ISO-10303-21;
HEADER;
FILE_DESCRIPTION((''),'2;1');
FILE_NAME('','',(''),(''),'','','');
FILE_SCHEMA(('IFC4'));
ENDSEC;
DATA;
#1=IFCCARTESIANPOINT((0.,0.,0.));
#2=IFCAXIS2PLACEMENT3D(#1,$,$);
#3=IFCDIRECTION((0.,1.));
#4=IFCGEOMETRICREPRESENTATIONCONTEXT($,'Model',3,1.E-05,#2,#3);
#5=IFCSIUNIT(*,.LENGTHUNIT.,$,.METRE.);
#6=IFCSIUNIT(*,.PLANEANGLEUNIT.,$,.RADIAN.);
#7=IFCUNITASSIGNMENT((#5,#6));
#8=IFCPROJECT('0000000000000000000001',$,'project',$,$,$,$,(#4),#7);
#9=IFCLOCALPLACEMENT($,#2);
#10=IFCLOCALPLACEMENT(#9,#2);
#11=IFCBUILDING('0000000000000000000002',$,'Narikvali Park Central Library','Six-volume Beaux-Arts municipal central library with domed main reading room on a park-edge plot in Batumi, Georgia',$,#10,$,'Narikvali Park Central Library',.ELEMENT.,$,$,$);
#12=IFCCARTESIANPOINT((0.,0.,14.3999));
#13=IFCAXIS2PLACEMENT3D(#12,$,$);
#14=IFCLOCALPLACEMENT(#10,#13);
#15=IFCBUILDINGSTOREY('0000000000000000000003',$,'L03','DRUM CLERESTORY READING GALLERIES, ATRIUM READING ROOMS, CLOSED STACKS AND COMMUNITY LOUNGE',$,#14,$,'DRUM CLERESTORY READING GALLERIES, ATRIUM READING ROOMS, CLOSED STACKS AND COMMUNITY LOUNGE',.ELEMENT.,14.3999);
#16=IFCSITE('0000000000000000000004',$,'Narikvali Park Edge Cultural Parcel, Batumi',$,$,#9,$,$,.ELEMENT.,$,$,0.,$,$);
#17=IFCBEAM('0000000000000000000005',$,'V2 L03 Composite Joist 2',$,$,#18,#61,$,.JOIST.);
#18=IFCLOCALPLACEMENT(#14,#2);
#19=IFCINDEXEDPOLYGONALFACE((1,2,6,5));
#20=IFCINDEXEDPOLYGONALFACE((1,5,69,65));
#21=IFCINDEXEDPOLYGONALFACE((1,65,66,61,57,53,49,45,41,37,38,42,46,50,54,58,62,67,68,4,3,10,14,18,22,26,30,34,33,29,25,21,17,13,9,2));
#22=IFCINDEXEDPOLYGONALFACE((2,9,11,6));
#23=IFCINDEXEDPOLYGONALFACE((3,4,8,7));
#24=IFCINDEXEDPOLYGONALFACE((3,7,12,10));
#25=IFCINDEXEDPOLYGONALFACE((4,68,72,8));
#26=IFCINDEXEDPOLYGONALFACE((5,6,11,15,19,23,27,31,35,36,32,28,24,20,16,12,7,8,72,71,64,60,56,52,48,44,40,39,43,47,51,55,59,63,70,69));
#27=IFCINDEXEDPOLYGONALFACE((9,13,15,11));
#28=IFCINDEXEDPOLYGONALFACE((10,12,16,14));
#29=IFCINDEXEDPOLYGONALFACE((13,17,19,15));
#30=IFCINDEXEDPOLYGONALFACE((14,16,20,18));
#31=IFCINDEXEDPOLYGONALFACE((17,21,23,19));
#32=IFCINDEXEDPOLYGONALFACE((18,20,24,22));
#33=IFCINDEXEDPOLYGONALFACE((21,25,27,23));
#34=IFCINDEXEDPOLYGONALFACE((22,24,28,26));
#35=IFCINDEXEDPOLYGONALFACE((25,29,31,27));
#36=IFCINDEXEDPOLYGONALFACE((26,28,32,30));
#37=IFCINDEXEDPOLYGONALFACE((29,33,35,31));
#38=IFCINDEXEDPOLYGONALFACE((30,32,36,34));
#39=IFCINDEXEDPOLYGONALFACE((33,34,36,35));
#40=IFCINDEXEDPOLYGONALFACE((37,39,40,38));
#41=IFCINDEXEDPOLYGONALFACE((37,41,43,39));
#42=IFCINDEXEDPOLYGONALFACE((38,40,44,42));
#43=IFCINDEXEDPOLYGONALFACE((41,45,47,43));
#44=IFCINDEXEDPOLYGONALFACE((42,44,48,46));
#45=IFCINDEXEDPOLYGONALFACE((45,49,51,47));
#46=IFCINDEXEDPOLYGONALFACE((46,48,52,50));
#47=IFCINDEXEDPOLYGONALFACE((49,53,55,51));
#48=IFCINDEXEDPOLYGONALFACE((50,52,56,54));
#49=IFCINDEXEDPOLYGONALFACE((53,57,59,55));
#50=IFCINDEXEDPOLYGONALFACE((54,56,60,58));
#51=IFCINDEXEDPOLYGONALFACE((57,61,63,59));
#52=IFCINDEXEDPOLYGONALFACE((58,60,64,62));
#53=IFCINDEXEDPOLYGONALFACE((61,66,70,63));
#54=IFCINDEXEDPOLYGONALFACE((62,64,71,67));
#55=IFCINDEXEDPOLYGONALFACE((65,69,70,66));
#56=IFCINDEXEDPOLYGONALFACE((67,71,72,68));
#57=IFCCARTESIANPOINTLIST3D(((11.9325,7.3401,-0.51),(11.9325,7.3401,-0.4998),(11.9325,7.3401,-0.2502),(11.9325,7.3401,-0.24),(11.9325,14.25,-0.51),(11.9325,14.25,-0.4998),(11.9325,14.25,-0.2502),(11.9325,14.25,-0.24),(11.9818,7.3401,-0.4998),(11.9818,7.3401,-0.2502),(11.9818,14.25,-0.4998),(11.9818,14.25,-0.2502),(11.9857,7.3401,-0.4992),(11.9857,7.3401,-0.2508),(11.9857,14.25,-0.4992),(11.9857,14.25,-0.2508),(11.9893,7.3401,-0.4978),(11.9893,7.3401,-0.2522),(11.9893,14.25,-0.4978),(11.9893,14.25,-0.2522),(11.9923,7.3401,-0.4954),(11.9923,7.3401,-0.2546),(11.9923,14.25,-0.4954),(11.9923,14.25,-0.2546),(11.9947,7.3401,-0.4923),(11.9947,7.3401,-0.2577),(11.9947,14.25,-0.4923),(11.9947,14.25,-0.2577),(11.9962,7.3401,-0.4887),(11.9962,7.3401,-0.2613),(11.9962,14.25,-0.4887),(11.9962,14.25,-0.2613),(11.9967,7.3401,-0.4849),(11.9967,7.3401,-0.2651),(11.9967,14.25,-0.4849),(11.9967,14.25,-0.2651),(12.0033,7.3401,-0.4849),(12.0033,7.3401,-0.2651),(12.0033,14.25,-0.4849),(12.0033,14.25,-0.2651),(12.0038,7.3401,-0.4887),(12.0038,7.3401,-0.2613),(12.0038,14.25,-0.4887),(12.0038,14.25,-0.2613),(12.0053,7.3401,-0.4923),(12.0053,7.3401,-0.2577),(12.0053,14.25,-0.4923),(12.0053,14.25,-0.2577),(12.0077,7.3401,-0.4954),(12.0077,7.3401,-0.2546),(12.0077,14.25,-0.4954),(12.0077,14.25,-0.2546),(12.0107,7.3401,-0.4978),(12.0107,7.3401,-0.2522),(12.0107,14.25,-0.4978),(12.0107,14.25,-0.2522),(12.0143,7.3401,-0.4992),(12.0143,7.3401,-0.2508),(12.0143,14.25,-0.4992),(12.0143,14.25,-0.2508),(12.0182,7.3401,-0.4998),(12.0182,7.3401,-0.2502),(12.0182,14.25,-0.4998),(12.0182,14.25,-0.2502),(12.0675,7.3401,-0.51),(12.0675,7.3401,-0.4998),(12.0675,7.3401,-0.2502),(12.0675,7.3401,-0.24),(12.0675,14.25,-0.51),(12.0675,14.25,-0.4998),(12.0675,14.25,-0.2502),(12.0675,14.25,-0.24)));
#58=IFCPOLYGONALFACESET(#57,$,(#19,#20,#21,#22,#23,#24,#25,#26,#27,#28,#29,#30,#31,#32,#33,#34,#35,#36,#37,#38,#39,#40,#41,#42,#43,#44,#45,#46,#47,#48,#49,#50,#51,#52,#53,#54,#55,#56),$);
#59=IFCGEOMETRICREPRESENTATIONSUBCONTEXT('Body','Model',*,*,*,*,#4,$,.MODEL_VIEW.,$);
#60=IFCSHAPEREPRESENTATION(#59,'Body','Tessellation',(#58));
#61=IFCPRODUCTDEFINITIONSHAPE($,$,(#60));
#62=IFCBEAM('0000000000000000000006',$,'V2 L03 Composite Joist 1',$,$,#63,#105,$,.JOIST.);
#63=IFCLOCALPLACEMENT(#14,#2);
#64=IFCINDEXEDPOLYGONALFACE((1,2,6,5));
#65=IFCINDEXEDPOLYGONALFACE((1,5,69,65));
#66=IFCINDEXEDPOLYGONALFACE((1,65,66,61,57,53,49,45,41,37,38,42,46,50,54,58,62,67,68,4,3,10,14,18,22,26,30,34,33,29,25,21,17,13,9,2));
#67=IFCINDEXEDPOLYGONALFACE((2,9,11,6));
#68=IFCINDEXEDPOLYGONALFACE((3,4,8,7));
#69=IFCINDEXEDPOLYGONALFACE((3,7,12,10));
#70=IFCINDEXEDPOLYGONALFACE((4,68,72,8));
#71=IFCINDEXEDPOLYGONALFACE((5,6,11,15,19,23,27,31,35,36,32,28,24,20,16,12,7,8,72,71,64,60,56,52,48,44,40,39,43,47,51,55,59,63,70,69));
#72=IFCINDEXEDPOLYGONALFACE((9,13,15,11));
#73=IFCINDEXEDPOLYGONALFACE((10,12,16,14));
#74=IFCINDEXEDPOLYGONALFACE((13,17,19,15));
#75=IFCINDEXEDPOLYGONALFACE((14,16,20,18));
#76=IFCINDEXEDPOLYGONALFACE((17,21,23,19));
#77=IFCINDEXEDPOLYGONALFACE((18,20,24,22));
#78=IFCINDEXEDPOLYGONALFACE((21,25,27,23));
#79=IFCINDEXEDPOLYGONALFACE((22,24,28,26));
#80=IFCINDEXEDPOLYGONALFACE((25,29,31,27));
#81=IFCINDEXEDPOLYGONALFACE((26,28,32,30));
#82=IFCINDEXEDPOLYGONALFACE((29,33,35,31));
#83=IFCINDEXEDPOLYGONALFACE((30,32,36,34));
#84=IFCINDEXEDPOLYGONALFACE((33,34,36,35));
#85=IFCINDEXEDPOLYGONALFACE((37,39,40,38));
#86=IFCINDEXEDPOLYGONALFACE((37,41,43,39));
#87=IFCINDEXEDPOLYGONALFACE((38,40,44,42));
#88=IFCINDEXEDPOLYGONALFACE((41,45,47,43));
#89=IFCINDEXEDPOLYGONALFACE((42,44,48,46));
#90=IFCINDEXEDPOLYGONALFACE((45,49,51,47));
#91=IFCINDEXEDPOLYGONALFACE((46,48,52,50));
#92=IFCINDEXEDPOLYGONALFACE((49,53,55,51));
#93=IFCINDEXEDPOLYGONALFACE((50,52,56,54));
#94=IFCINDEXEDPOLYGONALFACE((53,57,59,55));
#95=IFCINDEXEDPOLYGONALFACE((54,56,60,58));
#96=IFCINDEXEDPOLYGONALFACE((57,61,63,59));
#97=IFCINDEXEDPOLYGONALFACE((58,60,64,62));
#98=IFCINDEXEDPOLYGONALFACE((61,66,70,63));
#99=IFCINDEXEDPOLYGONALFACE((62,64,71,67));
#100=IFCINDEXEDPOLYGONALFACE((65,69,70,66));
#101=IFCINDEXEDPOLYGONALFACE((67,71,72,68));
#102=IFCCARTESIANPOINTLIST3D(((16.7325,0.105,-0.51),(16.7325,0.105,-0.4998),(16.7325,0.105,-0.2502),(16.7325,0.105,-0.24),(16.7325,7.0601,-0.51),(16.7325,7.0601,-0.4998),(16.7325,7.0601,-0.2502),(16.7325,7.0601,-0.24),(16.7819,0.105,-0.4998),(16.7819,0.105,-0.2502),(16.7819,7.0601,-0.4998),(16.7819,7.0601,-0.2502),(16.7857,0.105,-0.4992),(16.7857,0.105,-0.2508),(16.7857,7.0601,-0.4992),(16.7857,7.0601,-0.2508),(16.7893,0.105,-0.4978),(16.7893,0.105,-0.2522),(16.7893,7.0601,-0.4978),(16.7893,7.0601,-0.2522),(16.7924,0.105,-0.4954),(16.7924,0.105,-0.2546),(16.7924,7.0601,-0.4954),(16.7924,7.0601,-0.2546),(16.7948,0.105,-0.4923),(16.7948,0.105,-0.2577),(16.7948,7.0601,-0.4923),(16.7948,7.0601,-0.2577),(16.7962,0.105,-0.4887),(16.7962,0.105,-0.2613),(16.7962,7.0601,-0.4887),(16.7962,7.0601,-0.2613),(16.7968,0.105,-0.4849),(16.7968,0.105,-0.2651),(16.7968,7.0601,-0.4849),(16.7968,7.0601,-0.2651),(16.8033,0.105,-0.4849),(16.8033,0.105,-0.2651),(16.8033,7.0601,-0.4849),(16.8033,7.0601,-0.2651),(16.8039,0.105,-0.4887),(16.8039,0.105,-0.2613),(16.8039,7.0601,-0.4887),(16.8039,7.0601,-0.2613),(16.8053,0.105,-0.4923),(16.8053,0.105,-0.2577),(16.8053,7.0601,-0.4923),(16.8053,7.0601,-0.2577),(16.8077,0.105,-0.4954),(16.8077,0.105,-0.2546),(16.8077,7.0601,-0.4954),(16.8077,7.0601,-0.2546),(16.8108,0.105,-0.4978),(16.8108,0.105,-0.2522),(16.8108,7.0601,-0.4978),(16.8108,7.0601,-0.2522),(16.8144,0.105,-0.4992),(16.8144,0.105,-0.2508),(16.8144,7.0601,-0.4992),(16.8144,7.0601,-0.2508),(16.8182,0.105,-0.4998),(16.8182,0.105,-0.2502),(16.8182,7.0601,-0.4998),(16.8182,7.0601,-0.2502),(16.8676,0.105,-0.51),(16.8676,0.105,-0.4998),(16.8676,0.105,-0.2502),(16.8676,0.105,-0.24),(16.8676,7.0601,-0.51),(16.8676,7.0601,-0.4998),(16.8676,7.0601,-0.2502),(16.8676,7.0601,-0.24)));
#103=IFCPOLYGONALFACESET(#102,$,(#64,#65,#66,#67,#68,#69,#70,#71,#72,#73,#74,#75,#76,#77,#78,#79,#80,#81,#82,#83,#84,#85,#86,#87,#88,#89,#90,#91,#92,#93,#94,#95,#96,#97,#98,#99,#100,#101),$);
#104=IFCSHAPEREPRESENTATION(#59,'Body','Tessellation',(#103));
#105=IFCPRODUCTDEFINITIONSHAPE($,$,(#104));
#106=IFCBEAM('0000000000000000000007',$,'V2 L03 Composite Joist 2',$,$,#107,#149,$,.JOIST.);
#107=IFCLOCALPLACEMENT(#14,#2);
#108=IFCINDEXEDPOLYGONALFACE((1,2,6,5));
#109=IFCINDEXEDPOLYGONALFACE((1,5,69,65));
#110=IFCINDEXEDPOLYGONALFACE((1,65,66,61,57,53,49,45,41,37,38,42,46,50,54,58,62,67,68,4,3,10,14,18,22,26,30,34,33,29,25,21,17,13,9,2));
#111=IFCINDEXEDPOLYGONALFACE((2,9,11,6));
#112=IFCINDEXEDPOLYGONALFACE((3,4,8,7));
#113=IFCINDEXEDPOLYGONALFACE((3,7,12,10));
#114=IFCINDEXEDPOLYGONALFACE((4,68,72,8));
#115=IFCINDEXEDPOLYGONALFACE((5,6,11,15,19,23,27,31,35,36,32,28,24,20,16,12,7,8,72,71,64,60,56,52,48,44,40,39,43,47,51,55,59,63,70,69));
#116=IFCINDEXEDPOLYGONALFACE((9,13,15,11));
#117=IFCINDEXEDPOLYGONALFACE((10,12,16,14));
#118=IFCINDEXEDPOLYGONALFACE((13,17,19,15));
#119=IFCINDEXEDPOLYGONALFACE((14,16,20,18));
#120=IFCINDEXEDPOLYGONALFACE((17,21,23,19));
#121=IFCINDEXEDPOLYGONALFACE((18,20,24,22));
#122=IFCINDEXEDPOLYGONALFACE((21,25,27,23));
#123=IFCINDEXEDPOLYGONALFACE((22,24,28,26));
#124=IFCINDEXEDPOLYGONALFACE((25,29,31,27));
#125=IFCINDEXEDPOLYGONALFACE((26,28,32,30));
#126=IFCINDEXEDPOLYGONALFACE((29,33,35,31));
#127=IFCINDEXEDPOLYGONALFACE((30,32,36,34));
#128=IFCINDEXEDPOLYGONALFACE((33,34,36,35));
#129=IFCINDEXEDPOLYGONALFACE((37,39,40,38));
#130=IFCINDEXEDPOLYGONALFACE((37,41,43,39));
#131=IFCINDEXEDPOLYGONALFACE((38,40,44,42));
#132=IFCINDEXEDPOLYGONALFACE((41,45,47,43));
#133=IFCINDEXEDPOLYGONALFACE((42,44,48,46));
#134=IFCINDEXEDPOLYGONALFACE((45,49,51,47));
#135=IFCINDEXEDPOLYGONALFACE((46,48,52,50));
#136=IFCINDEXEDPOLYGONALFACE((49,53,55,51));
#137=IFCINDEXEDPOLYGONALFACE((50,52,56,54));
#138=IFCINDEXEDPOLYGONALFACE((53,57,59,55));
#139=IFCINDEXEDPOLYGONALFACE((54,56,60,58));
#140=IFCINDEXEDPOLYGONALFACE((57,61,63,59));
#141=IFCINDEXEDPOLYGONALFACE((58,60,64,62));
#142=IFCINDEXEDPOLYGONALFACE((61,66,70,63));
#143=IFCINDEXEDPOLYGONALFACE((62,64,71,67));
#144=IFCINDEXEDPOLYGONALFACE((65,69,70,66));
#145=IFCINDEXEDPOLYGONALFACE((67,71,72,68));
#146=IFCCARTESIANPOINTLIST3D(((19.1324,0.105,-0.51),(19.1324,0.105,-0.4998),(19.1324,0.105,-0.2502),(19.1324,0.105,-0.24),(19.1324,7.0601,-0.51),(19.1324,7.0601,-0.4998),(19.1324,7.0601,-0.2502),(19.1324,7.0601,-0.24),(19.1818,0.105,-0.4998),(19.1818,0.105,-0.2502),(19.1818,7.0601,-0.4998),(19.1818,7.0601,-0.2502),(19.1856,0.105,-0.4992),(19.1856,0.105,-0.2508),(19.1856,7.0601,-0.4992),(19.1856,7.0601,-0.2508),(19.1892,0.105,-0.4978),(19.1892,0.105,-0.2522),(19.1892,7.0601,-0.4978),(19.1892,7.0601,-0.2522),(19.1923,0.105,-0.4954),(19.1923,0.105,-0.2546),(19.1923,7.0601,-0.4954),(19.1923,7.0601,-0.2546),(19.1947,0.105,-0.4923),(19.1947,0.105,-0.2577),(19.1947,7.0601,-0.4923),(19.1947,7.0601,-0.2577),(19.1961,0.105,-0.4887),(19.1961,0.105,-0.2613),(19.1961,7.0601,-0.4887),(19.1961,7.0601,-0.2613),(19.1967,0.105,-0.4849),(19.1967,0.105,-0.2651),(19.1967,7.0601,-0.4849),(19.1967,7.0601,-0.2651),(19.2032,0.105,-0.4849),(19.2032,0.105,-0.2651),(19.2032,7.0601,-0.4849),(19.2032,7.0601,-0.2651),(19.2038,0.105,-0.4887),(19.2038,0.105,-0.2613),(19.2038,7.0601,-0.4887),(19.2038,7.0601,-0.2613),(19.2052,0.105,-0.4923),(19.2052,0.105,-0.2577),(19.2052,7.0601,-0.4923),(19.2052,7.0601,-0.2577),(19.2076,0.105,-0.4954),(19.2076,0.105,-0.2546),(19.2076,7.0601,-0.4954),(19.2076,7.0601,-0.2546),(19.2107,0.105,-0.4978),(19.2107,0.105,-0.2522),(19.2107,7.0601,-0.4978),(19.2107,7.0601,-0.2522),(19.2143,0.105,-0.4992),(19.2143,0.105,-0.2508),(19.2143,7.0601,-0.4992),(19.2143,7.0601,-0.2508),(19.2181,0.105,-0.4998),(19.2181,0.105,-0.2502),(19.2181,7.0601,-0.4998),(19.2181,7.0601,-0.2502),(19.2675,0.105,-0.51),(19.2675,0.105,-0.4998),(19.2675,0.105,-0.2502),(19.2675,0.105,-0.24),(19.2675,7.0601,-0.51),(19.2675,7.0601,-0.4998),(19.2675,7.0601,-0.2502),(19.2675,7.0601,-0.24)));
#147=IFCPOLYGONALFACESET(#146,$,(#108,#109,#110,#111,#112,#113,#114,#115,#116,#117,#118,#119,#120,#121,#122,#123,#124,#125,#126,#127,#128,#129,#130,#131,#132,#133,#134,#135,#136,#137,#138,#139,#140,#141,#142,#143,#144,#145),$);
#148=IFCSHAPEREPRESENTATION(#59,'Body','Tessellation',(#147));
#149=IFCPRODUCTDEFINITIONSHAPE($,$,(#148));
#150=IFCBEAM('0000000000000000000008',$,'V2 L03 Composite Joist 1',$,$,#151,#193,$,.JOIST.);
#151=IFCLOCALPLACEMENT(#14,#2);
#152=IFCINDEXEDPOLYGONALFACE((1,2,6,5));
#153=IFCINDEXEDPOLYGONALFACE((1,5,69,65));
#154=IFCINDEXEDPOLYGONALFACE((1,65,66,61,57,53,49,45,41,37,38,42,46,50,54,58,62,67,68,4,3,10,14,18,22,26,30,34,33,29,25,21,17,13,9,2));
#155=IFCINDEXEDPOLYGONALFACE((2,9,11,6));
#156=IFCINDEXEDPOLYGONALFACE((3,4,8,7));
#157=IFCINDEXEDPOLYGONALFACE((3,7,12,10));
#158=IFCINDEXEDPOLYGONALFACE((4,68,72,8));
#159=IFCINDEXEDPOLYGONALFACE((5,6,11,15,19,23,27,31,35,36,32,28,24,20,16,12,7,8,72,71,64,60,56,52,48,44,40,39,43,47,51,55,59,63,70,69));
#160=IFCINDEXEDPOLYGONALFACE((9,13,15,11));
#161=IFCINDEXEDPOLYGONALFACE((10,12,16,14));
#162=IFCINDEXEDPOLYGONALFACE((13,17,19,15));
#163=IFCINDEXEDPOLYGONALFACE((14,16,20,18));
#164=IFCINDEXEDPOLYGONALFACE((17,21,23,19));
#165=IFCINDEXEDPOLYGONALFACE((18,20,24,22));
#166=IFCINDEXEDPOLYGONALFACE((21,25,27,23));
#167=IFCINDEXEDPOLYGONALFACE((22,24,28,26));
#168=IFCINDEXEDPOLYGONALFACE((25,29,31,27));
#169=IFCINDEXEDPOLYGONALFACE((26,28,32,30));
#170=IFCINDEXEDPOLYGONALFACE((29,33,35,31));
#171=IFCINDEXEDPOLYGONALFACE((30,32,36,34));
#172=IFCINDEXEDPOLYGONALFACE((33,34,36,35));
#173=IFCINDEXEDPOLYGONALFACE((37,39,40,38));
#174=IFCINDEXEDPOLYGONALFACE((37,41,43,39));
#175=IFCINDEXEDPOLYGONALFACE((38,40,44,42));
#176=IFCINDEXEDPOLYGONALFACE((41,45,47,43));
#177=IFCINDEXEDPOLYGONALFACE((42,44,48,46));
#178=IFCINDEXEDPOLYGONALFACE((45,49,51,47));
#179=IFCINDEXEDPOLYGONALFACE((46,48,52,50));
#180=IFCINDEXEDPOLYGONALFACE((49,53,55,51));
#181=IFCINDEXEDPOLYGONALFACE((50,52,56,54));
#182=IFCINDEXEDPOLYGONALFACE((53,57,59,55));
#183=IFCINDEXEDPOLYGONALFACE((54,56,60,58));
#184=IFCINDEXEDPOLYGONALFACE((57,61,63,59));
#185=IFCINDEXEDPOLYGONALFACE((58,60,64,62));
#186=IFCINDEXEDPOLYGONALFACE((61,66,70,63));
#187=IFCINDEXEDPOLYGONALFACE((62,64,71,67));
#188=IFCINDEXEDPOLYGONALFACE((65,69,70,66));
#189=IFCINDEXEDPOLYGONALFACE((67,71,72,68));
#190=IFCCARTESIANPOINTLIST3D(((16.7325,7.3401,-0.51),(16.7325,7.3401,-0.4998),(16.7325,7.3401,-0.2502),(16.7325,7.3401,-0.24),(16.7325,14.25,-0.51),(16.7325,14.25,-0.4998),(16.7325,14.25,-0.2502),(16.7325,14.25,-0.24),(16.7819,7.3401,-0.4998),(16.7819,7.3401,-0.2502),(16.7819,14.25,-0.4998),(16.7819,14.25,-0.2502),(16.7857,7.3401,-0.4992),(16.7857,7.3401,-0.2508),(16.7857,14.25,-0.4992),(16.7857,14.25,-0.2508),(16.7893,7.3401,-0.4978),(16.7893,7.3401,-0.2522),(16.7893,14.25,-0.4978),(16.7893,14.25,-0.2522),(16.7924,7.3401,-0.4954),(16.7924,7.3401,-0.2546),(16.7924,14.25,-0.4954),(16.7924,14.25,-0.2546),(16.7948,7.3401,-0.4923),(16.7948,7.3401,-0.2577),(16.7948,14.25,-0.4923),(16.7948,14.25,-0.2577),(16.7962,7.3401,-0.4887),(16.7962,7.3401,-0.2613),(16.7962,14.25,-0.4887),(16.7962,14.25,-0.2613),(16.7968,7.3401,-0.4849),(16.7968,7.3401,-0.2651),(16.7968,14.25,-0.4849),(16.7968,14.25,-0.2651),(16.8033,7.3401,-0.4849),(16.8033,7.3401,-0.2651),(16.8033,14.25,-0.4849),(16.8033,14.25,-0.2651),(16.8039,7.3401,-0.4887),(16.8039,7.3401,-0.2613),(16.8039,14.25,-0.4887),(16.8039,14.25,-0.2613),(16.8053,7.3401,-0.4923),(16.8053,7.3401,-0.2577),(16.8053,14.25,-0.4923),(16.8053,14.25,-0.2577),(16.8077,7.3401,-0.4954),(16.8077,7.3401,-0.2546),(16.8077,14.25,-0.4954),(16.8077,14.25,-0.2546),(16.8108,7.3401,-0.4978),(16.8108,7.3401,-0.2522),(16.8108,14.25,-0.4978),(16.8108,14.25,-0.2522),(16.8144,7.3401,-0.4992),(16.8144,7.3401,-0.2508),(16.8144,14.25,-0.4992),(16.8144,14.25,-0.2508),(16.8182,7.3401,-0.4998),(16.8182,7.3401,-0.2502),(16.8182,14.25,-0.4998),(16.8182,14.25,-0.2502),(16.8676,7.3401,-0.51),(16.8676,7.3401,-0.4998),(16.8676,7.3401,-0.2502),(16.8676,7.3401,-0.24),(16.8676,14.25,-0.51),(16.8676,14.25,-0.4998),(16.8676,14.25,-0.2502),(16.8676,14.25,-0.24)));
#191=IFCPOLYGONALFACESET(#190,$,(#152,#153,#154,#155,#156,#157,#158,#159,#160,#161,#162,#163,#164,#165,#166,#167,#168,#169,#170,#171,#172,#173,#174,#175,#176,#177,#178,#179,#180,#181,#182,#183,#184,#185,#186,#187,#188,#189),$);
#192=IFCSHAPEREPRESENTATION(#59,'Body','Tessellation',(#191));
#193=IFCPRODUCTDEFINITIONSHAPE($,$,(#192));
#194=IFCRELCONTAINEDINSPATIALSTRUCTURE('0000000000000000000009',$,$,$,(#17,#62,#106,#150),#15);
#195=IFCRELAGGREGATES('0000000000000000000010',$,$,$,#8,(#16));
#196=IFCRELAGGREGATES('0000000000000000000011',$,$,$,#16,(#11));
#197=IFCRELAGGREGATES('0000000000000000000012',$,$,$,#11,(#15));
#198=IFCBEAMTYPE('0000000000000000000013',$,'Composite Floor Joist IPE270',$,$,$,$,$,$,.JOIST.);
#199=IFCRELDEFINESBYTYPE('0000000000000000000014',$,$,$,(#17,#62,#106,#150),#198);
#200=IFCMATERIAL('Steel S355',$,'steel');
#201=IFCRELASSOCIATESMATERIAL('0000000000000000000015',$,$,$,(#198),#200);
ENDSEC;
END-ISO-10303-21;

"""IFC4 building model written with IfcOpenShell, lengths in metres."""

from ifc_helpers import new_model, si_unit, direction, frame, origin, origin_2d, place, context, subcontext, project, spatial, i_section, extrude, material, material_profile, profile_set, type_object, element, save


model = new_model("IFC4")

# Units and contexts
model_context = context("Model", 3, precision=1e-05, world=origin(), true_north=direction((0.0, 1.0)))
body_context = subcontext(model_context, "Body", "Model", "MODEL_VIEW")
ifc_project = project(units=[si_unit("LENGTHUNIT", "METRE"), si_unit("PLANEANGLEUNIT", "RADIAN")], contexts=[model_context])

# Site, building, storey
site_placement = place(None, origin())
site = spatial("IfcSite", under=ifc_project, at=site_placement, Name="Narikvali Park Edge Cultural Parcel, Batumi", CompositionType="ELEMENT", RefElevation=0.0)
building_placement = place(site_placement, origin())
building = spatial("IfcBuilding", under=site, at=building_placement, Name="Narikvali Park Central Library", Description="Six-volume Beaux-Arts municipal central library with domed main reading room on a park-edge plot in Batumi, Georgia", LongName="Narikvali Park Central Library", CompositionType="ELEMENT")
storey_placement = place(building_placement, frame((0.0, 0.0, 14.3999)))
storey = spatial("IfcBuildingStorey", under=building, at=storey_placement, Name="L03", Description="DRUM CLERESTORY READING GALLERIES, ATRIUM READING ROOMS, CLOSED STACKS AND COMMUNITY LOUNGE", LongName="DRUM CLERESTORY READING GALLERIES, ATRIUM READING ROOMS, CLOSED STACKS AND COMMUNITY LOUNGE", CompositionType="ELEMENT", Elevation=14.3999)

# Shared definitions
ifc_material_1 = material(Name="Steel S355", Category="steel")

# Beams
ifc_material_profile_1 = material_profile(ifc_material_1, i_section(OverallWidth=0.135, OverallDepth=0.27, WebThickness=0.0066, FlangeThickness=0.0103, FilletRadius=0.0149, at=origin_2d()), Name="IPE 270")
ifc_profile_set_1 = profile_set([ifc_material_profile_1], Name="Steel S355")
beam_type_1 = type_object("IfcBeamType", Name="Composite Floor Joist IPE270", PredefinedType="JOIST", material=ifc_profile_set_1)
for number, where, z_axis, x_axis, name in (
    (1, (12.0, 7.3401, -0.375), (0.0, 1.0, 0.0), (-1.0, 0.0, 0.0), "V2 L03 Composite Joist 2"),
):
    element("IfcBeam", number, at=place(storey_placement, frame(where, z_axis=z_axis, x_axis=x_axis)), inside=storey, type_object=beam_type_1, Name=name, PredefinedType="JOIST", context=body_context, shape_type="SweptSolid", body=[
        extrude(i_section(OverallWidth=0.135, OverallDepth=0.27, WebThickness=0.0066, FlangeThickness=0.0103, FilletRadius=0.0149, at=origin_2d()), origin(), (0.0, 0.0, 1.0), 6.9099),
    ])
for number, where, z_axis, x_axis, name in (
    (2, (16.8, 0.105, -0.375), (0.0, 1.0, 0.0), (-1.0, 0.0, 0.0), "V2 L03 Composite Joist 1"),
    (3, (19.2, 0.105, -0.375), (0.0, 1.0, 0.0), (-1.0, 0.0, 0.0), "V2 L03 Composite Joist 2"),
):
    element("IfcBeam", number, at=place(storey_placement, frame(where, z_axis=z_axis, x_axis=x_axis)), inside=storey, type_object=beam_type_1, Name=name, PredefinedType="JOIST", context=body_context, shape_type="SweptSolid", body=[
        extrude(i_section(OverallWidth=0.135, OverallDepth=0.27, WebThickness=0.0066, FlangeThickness=0.0103, FilletRadius=0.0149, at=origin_2d()), origin(), (0.0, 0.0, 1.0), 6.9551),
    ])
for number, where, z_axis, x_axis, name in (
    (4, (16.8, 7.3401, -0.375), (0.0, 1.0, 0.0), (-1.0, 0.0, 0.0), "V2 L03 Composite Joist 1"),
):
    element("IfcBeam", number, at=place(storey_placement, frame(where, z_axis=z_axis, x_axis=x_axis)), inside=storey, type_object=beam_type_1, Name=name, PredefinedType="JOIST", context=body_context, shape_type="SweptSolid", body=[
        extrude(i_section(OverallWidth=0.135, OverallDepth=0.27, WebThickness=0.0066, FlangeThickness=0.0103, FilletRadius=0.0149, at=origin_2d()), origin(), (0.0, 0.0, 1.0), 6.9099),
    ])

save(model, "model.ifc")
